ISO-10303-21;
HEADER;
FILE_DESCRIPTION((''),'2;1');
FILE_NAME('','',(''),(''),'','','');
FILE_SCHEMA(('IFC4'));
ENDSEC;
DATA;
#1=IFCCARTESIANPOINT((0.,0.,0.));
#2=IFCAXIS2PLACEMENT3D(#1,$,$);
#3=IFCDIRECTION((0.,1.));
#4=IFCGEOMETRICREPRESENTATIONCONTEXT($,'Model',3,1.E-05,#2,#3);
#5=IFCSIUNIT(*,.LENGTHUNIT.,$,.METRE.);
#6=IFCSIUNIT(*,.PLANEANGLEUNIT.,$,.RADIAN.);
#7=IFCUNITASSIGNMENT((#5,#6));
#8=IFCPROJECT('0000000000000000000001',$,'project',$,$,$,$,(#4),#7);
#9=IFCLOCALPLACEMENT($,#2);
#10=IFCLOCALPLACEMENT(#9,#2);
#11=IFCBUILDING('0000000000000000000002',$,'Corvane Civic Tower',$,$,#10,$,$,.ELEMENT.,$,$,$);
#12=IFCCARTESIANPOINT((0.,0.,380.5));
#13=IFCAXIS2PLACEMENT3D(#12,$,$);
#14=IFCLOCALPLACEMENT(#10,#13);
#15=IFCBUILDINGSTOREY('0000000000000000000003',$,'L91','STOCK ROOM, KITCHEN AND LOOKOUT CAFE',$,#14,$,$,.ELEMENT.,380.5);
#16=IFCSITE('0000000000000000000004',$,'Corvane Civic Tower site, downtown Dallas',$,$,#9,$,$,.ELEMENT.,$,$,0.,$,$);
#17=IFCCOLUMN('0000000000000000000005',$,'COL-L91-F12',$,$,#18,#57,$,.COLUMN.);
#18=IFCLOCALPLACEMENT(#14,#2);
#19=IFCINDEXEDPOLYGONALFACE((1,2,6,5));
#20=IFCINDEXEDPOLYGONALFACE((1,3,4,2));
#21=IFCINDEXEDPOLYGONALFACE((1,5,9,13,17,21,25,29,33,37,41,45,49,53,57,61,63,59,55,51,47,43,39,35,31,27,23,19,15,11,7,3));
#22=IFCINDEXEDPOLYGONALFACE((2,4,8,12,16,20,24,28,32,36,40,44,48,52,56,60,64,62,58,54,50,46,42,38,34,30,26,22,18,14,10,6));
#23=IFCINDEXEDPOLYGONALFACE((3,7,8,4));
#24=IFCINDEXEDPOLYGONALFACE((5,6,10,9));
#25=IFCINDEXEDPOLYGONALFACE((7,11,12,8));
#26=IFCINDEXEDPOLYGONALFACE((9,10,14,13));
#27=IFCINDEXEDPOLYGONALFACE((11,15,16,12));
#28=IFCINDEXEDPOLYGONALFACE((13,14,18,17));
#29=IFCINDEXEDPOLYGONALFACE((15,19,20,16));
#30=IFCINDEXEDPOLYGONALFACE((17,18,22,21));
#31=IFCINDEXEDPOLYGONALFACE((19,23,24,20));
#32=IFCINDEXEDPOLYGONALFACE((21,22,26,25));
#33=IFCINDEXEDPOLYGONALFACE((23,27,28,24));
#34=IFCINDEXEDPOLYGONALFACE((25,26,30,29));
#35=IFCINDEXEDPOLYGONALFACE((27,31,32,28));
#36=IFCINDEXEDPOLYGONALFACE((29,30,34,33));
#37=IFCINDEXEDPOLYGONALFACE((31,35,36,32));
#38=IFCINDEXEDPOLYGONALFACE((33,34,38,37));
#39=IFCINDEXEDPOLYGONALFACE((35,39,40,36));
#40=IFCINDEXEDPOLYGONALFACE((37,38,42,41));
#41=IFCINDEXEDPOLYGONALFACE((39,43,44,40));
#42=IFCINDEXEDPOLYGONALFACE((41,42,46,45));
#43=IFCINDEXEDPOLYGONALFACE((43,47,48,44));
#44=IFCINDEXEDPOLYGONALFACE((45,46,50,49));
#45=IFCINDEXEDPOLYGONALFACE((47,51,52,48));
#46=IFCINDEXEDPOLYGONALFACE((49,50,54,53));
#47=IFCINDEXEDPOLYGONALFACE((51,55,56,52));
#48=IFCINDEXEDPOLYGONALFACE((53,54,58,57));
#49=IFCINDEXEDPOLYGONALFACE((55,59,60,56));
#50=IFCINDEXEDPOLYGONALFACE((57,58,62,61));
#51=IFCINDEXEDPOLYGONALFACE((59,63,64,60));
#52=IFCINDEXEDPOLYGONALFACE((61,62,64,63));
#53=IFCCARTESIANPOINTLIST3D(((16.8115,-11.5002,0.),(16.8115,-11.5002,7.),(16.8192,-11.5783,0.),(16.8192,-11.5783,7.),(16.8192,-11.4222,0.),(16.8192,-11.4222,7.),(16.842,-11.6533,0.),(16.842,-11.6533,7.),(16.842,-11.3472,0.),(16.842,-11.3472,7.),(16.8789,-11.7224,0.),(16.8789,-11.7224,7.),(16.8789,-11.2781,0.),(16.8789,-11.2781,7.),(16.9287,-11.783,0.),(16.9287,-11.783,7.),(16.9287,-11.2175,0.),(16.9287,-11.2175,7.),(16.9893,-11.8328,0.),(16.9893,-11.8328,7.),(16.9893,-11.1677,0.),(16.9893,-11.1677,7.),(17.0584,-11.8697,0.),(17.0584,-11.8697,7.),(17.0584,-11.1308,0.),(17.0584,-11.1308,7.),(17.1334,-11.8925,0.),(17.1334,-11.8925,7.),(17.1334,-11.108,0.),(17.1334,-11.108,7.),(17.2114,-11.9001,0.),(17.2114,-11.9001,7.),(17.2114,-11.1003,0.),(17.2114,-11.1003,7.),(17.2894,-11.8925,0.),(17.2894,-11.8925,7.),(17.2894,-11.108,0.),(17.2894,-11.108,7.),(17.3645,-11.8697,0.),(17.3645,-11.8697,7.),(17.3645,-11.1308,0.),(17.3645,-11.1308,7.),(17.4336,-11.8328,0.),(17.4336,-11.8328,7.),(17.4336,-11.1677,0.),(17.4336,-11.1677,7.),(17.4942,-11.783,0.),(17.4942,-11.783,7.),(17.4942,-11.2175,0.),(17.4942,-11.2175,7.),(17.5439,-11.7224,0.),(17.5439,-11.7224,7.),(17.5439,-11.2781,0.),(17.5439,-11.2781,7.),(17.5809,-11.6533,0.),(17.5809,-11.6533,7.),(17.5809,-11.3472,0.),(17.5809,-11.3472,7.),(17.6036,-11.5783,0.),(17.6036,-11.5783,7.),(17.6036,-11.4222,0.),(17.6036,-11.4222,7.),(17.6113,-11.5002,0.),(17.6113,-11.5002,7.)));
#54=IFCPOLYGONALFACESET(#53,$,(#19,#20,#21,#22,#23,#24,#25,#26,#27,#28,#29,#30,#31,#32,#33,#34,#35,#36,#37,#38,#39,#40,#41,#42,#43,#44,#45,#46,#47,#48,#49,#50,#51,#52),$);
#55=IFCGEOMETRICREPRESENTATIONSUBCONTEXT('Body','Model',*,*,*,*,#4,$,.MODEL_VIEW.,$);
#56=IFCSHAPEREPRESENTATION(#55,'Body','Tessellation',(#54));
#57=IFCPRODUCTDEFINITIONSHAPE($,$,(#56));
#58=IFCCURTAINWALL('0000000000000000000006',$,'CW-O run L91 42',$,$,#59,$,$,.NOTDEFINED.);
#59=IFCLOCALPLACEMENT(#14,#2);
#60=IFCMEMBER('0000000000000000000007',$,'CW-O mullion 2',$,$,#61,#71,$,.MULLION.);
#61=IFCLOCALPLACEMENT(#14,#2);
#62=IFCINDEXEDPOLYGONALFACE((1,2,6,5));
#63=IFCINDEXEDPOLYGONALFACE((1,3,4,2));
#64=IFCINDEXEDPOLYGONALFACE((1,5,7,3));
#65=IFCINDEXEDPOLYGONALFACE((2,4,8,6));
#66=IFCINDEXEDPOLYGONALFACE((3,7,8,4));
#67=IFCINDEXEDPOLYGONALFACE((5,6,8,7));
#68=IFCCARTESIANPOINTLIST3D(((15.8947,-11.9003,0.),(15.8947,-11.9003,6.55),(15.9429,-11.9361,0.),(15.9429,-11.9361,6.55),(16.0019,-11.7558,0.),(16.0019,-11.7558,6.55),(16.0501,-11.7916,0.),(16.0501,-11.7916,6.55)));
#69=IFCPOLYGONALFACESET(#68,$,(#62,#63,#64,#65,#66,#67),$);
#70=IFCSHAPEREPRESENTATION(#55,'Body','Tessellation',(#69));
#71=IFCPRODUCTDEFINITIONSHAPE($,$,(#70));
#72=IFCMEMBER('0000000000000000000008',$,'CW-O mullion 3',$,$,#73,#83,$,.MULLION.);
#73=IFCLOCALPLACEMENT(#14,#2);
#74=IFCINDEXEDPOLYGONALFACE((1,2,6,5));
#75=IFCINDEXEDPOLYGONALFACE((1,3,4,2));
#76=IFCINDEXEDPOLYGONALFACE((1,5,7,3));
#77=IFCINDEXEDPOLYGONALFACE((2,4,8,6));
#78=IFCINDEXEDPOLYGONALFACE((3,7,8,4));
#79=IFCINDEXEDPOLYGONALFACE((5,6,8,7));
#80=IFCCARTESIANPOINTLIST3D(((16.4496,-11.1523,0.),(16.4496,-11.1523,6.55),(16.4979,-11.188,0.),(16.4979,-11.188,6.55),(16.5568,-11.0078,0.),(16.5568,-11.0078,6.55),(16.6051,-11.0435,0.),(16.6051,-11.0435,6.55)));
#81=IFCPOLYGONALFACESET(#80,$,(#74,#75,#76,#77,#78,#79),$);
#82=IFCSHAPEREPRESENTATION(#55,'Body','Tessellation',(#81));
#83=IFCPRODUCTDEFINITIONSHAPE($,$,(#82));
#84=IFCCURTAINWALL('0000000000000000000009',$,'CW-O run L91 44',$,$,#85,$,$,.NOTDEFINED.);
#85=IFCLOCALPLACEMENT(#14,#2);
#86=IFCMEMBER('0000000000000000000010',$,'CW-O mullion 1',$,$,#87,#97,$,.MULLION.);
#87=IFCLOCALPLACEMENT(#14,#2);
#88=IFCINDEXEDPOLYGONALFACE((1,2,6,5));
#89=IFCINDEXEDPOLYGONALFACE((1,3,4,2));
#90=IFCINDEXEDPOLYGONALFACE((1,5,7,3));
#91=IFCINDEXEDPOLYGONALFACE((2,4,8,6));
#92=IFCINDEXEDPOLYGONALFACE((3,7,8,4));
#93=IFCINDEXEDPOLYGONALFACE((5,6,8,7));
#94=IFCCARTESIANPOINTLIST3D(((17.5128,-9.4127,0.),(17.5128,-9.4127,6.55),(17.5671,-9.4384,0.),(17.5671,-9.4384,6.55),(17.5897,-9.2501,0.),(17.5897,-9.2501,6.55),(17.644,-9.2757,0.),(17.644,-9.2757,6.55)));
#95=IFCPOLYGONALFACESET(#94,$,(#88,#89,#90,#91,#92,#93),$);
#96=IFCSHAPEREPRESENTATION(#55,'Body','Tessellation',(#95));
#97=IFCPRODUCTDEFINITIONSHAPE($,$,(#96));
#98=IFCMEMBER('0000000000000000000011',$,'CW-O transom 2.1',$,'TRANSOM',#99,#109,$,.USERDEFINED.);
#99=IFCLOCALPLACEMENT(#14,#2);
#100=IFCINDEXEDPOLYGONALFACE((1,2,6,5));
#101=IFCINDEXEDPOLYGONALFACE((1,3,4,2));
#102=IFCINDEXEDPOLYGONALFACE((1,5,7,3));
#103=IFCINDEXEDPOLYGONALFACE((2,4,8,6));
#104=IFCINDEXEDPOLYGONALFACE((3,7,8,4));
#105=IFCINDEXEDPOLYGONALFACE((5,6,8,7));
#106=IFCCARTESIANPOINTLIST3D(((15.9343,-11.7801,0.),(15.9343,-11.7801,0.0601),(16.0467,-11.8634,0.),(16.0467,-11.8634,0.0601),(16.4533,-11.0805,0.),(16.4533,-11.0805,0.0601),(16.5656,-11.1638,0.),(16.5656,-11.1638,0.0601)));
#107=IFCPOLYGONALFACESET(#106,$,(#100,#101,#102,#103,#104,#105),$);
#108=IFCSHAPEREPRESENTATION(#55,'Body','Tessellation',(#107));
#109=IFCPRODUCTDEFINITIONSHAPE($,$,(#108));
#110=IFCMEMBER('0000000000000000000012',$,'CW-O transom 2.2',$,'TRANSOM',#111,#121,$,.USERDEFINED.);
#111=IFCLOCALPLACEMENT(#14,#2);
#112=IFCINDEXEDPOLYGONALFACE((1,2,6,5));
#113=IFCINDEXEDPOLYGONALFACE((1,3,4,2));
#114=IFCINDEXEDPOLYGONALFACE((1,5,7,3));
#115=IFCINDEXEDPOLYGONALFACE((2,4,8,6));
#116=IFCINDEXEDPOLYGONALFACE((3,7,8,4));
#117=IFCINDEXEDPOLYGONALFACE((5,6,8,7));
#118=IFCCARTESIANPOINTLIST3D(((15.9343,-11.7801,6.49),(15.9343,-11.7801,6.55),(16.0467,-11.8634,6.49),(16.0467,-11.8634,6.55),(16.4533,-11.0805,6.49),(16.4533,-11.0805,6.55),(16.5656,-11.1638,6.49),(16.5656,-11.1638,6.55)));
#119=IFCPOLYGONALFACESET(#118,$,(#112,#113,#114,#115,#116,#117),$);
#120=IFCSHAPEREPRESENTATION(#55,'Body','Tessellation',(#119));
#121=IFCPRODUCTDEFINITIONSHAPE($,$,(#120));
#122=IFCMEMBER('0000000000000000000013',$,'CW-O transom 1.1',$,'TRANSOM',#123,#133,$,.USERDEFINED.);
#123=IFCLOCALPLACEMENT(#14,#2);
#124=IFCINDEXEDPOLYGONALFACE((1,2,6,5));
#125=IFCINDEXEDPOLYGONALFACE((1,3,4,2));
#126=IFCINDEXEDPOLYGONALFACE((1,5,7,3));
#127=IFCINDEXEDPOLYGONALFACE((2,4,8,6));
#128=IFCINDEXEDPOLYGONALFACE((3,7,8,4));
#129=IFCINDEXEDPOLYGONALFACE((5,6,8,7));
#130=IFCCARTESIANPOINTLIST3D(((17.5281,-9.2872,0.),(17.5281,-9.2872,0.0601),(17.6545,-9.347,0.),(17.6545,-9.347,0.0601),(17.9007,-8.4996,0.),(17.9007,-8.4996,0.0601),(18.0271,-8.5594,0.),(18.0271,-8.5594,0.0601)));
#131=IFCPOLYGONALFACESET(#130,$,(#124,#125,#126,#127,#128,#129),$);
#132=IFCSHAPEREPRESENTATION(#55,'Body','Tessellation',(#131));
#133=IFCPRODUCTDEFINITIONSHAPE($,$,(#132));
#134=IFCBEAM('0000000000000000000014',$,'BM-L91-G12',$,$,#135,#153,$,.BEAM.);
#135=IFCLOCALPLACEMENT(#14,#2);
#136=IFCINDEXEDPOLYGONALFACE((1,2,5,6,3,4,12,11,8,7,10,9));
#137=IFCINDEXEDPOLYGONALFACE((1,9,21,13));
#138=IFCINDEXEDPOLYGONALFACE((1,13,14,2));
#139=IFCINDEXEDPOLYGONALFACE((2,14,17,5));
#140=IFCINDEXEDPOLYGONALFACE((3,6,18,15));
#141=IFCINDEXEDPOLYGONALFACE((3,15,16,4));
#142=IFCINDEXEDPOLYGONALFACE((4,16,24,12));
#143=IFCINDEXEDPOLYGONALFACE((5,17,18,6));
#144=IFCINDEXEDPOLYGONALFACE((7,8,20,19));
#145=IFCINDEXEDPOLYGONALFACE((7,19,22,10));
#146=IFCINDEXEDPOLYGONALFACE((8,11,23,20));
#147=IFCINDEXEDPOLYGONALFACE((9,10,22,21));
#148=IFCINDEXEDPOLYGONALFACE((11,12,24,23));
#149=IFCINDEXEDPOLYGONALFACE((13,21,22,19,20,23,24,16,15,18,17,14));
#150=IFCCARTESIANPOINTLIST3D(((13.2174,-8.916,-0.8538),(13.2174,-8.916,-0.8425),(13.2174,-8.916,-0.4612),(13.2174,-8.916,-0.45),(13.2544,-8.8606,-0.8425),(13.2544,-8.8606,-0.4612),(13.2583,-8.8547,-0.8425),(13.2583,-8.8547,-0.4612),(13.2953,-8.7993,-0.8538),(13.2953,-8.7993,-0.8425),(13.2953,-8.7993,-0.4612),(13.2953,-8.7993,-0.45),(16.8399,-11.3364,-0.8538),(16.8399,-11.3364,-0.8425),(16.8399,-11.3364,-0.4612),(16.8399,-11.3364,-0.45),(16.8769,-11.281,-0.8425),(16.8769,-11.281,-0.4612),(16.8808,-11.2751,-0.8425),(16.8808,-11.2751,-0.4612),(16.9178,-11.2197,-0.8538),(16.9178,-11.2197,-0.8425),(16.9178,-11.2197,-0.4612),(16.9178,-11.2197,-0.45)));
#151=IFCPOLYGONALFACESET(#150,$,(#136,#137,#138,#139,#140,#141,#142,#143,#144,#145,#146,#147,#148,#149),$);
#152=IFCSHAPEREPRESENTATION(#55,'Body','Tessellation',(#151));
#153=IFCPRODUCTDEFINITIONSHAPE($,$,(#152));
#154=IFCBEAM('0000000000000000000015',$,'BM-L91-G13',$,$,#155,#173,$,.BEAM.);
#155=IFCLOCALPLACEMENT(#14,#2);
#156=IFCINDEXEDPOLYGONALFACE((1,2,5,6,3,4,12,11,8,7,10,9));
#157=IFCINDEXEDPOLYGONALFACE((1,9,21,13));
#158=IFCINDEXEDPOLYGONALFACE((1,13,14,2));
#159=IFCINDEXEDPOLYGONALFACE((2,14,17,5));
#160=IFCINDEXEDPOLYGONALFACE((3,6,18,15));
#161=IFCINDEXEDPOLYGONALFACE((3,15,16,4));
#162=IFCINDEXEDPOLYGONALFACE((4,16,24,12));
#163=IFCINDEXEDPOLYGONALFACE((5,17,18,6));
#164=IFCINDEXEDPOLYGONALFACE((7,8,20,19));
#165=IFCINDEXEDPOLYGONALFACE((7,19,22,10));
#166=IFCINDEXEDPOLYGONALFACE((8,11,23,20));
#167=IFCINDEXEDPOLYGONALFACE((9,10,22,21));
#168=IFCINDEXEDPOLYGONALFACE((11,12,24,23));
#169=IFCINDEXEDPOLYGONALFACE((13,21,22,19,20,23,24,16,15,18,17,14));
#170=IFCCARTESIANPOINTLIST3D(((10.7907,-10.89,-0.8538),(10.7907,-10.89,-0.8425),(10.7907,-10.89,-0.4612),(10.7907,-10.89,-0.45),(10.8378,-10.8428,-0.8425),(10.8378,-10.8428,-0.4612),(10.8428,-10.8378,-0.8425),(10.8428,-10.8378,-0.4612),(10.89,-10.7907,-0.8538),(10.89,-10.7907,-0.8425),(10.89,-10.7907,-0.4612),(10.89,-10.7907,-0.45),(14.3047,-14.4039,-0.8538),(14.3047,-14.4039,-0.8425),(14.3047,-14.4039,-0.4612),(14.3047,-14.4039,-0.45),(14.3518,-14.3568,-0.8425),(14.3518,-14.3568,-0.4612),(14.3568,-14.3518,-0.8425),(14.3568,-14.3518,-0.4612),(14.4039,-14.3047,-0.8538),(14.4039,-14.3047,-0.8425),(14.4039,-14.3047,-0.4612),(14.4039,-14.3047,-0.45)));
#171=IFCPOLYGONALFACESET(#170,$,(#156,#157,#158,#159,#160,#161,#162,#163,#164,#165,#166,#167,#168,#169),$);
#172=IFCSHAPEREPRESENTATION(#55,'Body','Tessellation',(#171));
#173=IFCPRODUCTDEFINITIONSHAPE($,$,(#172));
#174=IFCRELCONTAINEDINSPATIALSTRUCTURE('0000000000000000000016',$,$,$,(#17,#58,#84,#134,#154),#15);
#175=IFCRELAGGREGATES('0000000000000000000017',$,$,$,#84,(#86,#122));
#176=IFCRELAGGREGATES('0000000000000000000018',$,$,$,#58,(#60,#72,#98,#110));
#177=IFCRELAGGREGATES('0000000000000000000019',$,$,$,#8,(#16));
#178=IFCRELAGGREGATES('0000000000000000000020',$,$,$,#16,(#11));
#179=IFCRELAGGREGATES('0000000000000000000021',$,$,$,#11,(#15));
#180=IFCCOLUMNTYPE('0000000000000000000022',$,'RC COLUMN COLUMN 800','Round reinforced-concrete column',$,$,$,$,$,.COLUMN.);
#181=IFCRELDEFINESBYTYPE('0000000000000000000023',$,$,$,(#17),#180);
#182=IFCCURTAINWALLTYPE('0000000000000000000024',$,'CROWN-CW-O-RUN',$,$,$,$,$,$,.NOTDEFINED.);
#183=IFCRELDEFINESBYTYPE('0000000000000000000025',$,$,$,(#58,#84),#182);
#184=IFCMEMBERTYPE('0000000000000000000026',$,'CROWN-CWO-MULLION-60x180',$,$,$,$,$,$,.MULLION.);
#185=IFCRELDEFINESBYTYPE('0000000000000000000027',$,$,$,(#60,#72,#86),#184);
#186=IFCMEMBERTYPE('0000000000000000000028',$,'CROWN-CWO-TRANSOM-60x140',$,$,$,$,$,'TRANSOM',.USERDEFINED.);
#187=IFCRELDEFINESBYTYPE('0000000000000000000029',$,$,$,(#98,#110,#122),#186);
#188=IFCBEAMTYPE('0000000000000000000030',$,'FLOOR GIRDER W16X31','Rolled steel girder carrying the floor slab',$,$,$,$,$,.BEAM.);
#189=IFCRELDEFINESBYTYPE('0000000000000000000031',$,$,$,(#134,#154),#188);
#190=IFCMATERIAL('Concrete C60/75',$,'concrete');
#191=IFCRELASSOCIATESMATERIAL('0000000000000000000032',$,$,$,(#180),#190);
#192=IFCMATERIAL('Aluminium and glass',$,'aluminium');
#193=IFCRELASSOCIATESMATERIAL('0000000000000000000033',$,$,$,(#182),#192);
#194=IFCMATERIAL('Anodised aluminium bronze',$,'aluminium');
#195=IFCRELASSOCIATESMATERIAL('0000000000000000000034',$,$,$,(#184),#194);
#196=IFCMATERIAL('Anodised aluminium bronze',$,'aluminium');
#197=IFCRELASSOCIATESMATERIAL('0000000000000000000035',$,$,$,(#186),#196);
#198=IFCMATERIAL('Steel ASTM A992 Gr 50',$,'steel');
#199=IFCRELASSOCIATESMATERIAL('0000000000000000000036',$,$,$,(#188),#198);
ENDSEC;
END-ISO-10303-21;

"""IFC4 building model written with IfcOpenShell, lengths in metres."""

from ifc_helpers import new_model, si_unit, direction, frame, origin, origin_2d, place, context, subcontext, project, spatial, rectangle, circle, i_section, extrude, material, material_profile, profile_set, type_object, element, aggregate, save


model = new_model("IFC4")

# Units and contexts
model_context = context("Model", 3, precision=1e-05, world=origin(), true_north=direction((0.0, 1.0)))
body_context = subcontext(model_context, "Body", "Model", "MODEL_VIEW")
ifc_project = project(units=[si_unit("LENGTHUNIT", "METRE"), si_unit("PLANEANGLEUNIT", "RADIAN")], contexts=[model_context])

# Site, building, storey
site_placement = place(None, origin())
site = spatial("IfcSite", under=ifc_project, at=site_placement, Name="Corvane Civic Tower site, downtown Dallas", CompositionType="ELEMENT", RefElevation=0.0)
building_placement = place(site_placement, origin())
building = spatial("IfcBuilding", under=site, at=building_placement, Name="Corvane Civic Tower", CompositionType="ELEMENT")
storey_placement = place(building_placement, frame((0.0, 0.0, 380.5)))
storey = spatial("IfcBuildingStorey", under=building, at=storey_placement, Name="L91", Description="STOCK ROOM, KITCHEN AND LOOKOUT CAFE", CompositionType="ELEMENT", Elevation=380.5)

# Column
ifc_material_1 = material(Name="Concrete C60/75", Category="concrete")
ifc_material_profile_1 = material_profile(ifc_material_1, circle(Radius=0.3999, at=origin_2d()), Name="COLUMN 800")
ifc_profile_set_1 = profile_set([ifc_material_profile_1], Name="Concrete C60/75")
column_type = type_object("IfcColumnType", Name="RC COLUMN COLUMN 800", Description="Round reinforced-concrete column", PredefinedType="COLUMN", material=ifc_profile_set_1)
column_placement = place(storey_placement, frame((17.2114, -11.5002, 0.0), z_axis=(0.0, 0.0, 1.0), x_axis=(1.0, 0.0, 0.0)))
element("IfcColumn", 1, at=column_placement, inside=storey, type_object=column_type, Name="COL-L91-F12", PredefinedType="COLUMN", context=body_context, shape_type="SweptSolid", body=[
    extrude(circle(Radius=0.3999, at=origin_2d()), origin(), (0.0, 0.0, 1.0), 7.0),
])

# Curtain wall, members
ifc_material_2 = material(Name="Aluminium and glass", Category="aluminium")
curtain_wall_type = type_object("IfcCurtainWallType", Name="CROWN-CW-O-RUN", PredefinedType="NOTDEFINED", material=ifc_material_2)
curtain_wall_1_placement = place(storey_placement, origin())
curtain_wall_1 = element("IfcCurtainWall", 2, at=curtain_wall_1_placement, inside=storey, type_object=curtain_wall_type, Name="CW-O run L91 42", PredefinedType="NOTDEFINED")
ifc_material_3 = material(Name="Anodised aluminium bronze", Category="aluminium")
ifc_material_profile_2 = material_profile(ifc_material_3, rectangle(XDim=0.0601, YDim=0.1799, at=origin_2d()), Name="AL 60x180")
ifc_profile_set_2 = profile_set([ifc_material_profile_2], Name="Anodised aluminium bronze")
member_type_1 = type_object("IfcMemberType", Name="CROWN-CWO-MULLION-60x180", PredefinedType="MULLION", material=ifc_profile_set_2)
member_1_placement = place(storey_placement, frame((15.9724, -11.8459, 0.0), z_axis=(0.0, 0.0, 1.0), x_axis=(-0.80319, 0.595722, 0.0)))
member_1 = element("IfcMember", 3, at=member_1_placement, type_object=member_type_1, Name="CW-O mullion 2", PredefinedType="MULLION", context=body_context, shape_type="SweptSolid", body=[
    extrude(rectangle(XDim=0.0601, YDim=0.1799, at=origin_2d()), origin(), (0.0, 0.0, 1.0), 6.55),
])
member_2_placement = place(storey_placement, frame((16.5273, -11.0979, 0.0), z_axis=(0.0, 0.0, 1.0), x_axis=(-0.80319, 0.595722, 0.0)))
member_2 = element("IfcMember", 4, at=member_2_placement, type_object=member_type_1, Name="CW-O mullion 3", PredefinedType="MULLION", context=body_context, shape_type="SweptSolid", body=[
    extrude(rectangle(XDim=0.0601, YDim=0.1799, at=origin_2d()), origin(), (0.0, 0.0, 1.0), 6.55),
])

# Curtain wall, member
curtain_wall_2_placement = place(storey_placement, origin())
curtain_wall_2 = element("IfcCurtainWall", 5, at=curtain_wall_2_placement, inside=storey, type_object=curtain_wall_type, Name="CW-O run L91 44", PredefinedType="NOTDEFINED")
member_3_placement = place(storey_placement, frame((17.5784, -9.3442, 0.0), z_axis=(0.0, 0.0, 1.0), x_axis=(-0.904011, 0.427509, 0.0)))
member_3 = element("IfcMember", 6, at=member_3_placement, type_object=member_type_1, Name="CW-O mullion 1", PredefinedType="MULLION", context=body_context, shape_type="SweptSolid", body=[
    extrude(rectangle(XDim=0.0601, YDim=0.1799, at=origin_2d()), origin(), (0.0, 0.0, 1.0), 6.55),
])

# Members
ifc_material_4 = material(Name="Anodised aluminium bronze", Category="aluminium")
ifc_material_profile_3 = material_profile(ifc_material_4, rectangle(XDim=0.1399, YDim=0.0601, at=origin_2d()), Name="AL 140x60")
ifc_profile_set_3 = profile_set([ifc_material_profile_3], Name="Anodised aluminium bronze")
member_type_2 = type_object("IfcMemberType", Name="CROWN-CWO-TRANSOM-60x140", ElementType="TRANSOM", PredefinedType="USERDEFINED", material=ifc_profile_set_3)
member_4_placement = place(storey_placement, frame((15.9905, -11.8218, 0.03), z_axis=(0.595777, 0.80315, 0.0), x_axis=(-0.80315, 0.595777, 0.0)))
member_4 = element("IfcMember", 7, at=member_4_placement, type_object=member_type_2, Name="CW-O transom 2.1", ObjectType="TRANSOM", PredefinedType="USERDEFINED", context=body_context, shape_type="SweptSolid", body=[
    extrude(rectangle(XDim=0.1399, YDim=0.0601, at=origin_2d()), origin(), (0.0, 0.0, 1.0), 0.8711),
])
member_5_placement = place(storey_placement, frame((15.9905, -11.8218, 6.52), z_axis=(0.595777, 0.80315, 0.0), x_axis=(-0.80315, 0.595777, 0.0)))
member_5 = element("IfcMember", 8, at=member_5_placement, type_object=member_type_2, Name="CW-O transom 2.2", ObjectType="TRANSOM", PredefinedType="USERDEFINED", context=body_context, shape_type="SweptSolid", body=[
    extrude(rectangle(XDim=0.1399, YDim=0.0601, at=origin_2d()), origin(), (0.0, 0.0, 1.0), 0.8711),
])
member_6_placement = place(storey_placement, frame((17.5913, -9.3171, 0.03), z_axis=(0.427604, 0.903966, 0.0), x_axis=(-0.903966, 0.427604, 0.0)))
member_6 = element("IfcMember", 9, at=member_6_placement, type_object=member_type_2, Name="CW-O transom 1.1", ObjectType="TRANSOM", PredefinedType="USERDEFINED", context=body_context, shape_type="SweptSolid", body=[
    extrude(rectangle(XDim=0.1399, YDim=0.0601, at=origin_2d()), origin(), (0.0, 0.0, 1.0), 0.8713),
])
aggregate(curtain_wall_2, [member_3, member_6])

# Beams
ifc_material_5 = material(Name="Steel ASTM A992 Gr 50", Category="steel")
ifc_material_profile_4 = material_profile(ifc_material_5, i_section(OverallWidth=0.1404, OverallDepth=0.4038, WebThickness=0.0071, FlangeThickness=0.0112, at=origin_2d()), Name="W16X31")
ifc_profile_set_4 = profile_set([ifc_material_profile_4], Name="Steel ASTM A992 Gr 50")
beam_type_1 = type_object("IfcBeamType", Name="FLOOR GIRDER W16X31", Description="Rolled steel girder carrying the floor slab", PredefinedType="BEAM", material=ifc_profile_set_4)
beam_1_placement = place(storey_placement, frame((13.2563, -8.8577, -0.6519), z_axis=(0.831481, -0.555553, 0.0), x_axis=(0.555553, 0.831481, 0.0)))
element("IfcBeam", 10, at=beam_1_placement, inside=storey, type_object=beam_type_1, Name="BM-L91-G12", PredefinedType="BEAM", context=body_context, shape_type="SweptSolid", body=[
    extrude(i_section(OverallWidth=0.1404, OverallDepth=0.4038, WebThickness=0.0071, FlangeThickness=0.0112, at=origin_2d()), origin(), (0.0, 0.0, 1.0), 4.3567),
])
beam_2_placement = place(storey_placement, frame((10.8403, -10.8403, -0.6519), z_axis=(0.707107, -0.707107, 0.0), x_axis=(0.707107, 0.707107, 0.0)))
element("IfcBeam", 11, at=beam_2_placement, inside=storey, type_object=beam_type_1, Name="BM-L91-G13", PredefinedType="BEAM", context=body_context, shape_type="SweptSolid", body=[
    extrude(i_section(OverallWidth=0.1404, OverallDepth=0.4038, WebThickness=0.0071, FlangeThickness=0.0112, at=origin_2d()), origin(), (0.0, 0.0, 1.0), 4.9695),
])

aggregate(curtain_wall_1, [member_1, member_2, member_4, member_5])

save(model, "model.ifc")
